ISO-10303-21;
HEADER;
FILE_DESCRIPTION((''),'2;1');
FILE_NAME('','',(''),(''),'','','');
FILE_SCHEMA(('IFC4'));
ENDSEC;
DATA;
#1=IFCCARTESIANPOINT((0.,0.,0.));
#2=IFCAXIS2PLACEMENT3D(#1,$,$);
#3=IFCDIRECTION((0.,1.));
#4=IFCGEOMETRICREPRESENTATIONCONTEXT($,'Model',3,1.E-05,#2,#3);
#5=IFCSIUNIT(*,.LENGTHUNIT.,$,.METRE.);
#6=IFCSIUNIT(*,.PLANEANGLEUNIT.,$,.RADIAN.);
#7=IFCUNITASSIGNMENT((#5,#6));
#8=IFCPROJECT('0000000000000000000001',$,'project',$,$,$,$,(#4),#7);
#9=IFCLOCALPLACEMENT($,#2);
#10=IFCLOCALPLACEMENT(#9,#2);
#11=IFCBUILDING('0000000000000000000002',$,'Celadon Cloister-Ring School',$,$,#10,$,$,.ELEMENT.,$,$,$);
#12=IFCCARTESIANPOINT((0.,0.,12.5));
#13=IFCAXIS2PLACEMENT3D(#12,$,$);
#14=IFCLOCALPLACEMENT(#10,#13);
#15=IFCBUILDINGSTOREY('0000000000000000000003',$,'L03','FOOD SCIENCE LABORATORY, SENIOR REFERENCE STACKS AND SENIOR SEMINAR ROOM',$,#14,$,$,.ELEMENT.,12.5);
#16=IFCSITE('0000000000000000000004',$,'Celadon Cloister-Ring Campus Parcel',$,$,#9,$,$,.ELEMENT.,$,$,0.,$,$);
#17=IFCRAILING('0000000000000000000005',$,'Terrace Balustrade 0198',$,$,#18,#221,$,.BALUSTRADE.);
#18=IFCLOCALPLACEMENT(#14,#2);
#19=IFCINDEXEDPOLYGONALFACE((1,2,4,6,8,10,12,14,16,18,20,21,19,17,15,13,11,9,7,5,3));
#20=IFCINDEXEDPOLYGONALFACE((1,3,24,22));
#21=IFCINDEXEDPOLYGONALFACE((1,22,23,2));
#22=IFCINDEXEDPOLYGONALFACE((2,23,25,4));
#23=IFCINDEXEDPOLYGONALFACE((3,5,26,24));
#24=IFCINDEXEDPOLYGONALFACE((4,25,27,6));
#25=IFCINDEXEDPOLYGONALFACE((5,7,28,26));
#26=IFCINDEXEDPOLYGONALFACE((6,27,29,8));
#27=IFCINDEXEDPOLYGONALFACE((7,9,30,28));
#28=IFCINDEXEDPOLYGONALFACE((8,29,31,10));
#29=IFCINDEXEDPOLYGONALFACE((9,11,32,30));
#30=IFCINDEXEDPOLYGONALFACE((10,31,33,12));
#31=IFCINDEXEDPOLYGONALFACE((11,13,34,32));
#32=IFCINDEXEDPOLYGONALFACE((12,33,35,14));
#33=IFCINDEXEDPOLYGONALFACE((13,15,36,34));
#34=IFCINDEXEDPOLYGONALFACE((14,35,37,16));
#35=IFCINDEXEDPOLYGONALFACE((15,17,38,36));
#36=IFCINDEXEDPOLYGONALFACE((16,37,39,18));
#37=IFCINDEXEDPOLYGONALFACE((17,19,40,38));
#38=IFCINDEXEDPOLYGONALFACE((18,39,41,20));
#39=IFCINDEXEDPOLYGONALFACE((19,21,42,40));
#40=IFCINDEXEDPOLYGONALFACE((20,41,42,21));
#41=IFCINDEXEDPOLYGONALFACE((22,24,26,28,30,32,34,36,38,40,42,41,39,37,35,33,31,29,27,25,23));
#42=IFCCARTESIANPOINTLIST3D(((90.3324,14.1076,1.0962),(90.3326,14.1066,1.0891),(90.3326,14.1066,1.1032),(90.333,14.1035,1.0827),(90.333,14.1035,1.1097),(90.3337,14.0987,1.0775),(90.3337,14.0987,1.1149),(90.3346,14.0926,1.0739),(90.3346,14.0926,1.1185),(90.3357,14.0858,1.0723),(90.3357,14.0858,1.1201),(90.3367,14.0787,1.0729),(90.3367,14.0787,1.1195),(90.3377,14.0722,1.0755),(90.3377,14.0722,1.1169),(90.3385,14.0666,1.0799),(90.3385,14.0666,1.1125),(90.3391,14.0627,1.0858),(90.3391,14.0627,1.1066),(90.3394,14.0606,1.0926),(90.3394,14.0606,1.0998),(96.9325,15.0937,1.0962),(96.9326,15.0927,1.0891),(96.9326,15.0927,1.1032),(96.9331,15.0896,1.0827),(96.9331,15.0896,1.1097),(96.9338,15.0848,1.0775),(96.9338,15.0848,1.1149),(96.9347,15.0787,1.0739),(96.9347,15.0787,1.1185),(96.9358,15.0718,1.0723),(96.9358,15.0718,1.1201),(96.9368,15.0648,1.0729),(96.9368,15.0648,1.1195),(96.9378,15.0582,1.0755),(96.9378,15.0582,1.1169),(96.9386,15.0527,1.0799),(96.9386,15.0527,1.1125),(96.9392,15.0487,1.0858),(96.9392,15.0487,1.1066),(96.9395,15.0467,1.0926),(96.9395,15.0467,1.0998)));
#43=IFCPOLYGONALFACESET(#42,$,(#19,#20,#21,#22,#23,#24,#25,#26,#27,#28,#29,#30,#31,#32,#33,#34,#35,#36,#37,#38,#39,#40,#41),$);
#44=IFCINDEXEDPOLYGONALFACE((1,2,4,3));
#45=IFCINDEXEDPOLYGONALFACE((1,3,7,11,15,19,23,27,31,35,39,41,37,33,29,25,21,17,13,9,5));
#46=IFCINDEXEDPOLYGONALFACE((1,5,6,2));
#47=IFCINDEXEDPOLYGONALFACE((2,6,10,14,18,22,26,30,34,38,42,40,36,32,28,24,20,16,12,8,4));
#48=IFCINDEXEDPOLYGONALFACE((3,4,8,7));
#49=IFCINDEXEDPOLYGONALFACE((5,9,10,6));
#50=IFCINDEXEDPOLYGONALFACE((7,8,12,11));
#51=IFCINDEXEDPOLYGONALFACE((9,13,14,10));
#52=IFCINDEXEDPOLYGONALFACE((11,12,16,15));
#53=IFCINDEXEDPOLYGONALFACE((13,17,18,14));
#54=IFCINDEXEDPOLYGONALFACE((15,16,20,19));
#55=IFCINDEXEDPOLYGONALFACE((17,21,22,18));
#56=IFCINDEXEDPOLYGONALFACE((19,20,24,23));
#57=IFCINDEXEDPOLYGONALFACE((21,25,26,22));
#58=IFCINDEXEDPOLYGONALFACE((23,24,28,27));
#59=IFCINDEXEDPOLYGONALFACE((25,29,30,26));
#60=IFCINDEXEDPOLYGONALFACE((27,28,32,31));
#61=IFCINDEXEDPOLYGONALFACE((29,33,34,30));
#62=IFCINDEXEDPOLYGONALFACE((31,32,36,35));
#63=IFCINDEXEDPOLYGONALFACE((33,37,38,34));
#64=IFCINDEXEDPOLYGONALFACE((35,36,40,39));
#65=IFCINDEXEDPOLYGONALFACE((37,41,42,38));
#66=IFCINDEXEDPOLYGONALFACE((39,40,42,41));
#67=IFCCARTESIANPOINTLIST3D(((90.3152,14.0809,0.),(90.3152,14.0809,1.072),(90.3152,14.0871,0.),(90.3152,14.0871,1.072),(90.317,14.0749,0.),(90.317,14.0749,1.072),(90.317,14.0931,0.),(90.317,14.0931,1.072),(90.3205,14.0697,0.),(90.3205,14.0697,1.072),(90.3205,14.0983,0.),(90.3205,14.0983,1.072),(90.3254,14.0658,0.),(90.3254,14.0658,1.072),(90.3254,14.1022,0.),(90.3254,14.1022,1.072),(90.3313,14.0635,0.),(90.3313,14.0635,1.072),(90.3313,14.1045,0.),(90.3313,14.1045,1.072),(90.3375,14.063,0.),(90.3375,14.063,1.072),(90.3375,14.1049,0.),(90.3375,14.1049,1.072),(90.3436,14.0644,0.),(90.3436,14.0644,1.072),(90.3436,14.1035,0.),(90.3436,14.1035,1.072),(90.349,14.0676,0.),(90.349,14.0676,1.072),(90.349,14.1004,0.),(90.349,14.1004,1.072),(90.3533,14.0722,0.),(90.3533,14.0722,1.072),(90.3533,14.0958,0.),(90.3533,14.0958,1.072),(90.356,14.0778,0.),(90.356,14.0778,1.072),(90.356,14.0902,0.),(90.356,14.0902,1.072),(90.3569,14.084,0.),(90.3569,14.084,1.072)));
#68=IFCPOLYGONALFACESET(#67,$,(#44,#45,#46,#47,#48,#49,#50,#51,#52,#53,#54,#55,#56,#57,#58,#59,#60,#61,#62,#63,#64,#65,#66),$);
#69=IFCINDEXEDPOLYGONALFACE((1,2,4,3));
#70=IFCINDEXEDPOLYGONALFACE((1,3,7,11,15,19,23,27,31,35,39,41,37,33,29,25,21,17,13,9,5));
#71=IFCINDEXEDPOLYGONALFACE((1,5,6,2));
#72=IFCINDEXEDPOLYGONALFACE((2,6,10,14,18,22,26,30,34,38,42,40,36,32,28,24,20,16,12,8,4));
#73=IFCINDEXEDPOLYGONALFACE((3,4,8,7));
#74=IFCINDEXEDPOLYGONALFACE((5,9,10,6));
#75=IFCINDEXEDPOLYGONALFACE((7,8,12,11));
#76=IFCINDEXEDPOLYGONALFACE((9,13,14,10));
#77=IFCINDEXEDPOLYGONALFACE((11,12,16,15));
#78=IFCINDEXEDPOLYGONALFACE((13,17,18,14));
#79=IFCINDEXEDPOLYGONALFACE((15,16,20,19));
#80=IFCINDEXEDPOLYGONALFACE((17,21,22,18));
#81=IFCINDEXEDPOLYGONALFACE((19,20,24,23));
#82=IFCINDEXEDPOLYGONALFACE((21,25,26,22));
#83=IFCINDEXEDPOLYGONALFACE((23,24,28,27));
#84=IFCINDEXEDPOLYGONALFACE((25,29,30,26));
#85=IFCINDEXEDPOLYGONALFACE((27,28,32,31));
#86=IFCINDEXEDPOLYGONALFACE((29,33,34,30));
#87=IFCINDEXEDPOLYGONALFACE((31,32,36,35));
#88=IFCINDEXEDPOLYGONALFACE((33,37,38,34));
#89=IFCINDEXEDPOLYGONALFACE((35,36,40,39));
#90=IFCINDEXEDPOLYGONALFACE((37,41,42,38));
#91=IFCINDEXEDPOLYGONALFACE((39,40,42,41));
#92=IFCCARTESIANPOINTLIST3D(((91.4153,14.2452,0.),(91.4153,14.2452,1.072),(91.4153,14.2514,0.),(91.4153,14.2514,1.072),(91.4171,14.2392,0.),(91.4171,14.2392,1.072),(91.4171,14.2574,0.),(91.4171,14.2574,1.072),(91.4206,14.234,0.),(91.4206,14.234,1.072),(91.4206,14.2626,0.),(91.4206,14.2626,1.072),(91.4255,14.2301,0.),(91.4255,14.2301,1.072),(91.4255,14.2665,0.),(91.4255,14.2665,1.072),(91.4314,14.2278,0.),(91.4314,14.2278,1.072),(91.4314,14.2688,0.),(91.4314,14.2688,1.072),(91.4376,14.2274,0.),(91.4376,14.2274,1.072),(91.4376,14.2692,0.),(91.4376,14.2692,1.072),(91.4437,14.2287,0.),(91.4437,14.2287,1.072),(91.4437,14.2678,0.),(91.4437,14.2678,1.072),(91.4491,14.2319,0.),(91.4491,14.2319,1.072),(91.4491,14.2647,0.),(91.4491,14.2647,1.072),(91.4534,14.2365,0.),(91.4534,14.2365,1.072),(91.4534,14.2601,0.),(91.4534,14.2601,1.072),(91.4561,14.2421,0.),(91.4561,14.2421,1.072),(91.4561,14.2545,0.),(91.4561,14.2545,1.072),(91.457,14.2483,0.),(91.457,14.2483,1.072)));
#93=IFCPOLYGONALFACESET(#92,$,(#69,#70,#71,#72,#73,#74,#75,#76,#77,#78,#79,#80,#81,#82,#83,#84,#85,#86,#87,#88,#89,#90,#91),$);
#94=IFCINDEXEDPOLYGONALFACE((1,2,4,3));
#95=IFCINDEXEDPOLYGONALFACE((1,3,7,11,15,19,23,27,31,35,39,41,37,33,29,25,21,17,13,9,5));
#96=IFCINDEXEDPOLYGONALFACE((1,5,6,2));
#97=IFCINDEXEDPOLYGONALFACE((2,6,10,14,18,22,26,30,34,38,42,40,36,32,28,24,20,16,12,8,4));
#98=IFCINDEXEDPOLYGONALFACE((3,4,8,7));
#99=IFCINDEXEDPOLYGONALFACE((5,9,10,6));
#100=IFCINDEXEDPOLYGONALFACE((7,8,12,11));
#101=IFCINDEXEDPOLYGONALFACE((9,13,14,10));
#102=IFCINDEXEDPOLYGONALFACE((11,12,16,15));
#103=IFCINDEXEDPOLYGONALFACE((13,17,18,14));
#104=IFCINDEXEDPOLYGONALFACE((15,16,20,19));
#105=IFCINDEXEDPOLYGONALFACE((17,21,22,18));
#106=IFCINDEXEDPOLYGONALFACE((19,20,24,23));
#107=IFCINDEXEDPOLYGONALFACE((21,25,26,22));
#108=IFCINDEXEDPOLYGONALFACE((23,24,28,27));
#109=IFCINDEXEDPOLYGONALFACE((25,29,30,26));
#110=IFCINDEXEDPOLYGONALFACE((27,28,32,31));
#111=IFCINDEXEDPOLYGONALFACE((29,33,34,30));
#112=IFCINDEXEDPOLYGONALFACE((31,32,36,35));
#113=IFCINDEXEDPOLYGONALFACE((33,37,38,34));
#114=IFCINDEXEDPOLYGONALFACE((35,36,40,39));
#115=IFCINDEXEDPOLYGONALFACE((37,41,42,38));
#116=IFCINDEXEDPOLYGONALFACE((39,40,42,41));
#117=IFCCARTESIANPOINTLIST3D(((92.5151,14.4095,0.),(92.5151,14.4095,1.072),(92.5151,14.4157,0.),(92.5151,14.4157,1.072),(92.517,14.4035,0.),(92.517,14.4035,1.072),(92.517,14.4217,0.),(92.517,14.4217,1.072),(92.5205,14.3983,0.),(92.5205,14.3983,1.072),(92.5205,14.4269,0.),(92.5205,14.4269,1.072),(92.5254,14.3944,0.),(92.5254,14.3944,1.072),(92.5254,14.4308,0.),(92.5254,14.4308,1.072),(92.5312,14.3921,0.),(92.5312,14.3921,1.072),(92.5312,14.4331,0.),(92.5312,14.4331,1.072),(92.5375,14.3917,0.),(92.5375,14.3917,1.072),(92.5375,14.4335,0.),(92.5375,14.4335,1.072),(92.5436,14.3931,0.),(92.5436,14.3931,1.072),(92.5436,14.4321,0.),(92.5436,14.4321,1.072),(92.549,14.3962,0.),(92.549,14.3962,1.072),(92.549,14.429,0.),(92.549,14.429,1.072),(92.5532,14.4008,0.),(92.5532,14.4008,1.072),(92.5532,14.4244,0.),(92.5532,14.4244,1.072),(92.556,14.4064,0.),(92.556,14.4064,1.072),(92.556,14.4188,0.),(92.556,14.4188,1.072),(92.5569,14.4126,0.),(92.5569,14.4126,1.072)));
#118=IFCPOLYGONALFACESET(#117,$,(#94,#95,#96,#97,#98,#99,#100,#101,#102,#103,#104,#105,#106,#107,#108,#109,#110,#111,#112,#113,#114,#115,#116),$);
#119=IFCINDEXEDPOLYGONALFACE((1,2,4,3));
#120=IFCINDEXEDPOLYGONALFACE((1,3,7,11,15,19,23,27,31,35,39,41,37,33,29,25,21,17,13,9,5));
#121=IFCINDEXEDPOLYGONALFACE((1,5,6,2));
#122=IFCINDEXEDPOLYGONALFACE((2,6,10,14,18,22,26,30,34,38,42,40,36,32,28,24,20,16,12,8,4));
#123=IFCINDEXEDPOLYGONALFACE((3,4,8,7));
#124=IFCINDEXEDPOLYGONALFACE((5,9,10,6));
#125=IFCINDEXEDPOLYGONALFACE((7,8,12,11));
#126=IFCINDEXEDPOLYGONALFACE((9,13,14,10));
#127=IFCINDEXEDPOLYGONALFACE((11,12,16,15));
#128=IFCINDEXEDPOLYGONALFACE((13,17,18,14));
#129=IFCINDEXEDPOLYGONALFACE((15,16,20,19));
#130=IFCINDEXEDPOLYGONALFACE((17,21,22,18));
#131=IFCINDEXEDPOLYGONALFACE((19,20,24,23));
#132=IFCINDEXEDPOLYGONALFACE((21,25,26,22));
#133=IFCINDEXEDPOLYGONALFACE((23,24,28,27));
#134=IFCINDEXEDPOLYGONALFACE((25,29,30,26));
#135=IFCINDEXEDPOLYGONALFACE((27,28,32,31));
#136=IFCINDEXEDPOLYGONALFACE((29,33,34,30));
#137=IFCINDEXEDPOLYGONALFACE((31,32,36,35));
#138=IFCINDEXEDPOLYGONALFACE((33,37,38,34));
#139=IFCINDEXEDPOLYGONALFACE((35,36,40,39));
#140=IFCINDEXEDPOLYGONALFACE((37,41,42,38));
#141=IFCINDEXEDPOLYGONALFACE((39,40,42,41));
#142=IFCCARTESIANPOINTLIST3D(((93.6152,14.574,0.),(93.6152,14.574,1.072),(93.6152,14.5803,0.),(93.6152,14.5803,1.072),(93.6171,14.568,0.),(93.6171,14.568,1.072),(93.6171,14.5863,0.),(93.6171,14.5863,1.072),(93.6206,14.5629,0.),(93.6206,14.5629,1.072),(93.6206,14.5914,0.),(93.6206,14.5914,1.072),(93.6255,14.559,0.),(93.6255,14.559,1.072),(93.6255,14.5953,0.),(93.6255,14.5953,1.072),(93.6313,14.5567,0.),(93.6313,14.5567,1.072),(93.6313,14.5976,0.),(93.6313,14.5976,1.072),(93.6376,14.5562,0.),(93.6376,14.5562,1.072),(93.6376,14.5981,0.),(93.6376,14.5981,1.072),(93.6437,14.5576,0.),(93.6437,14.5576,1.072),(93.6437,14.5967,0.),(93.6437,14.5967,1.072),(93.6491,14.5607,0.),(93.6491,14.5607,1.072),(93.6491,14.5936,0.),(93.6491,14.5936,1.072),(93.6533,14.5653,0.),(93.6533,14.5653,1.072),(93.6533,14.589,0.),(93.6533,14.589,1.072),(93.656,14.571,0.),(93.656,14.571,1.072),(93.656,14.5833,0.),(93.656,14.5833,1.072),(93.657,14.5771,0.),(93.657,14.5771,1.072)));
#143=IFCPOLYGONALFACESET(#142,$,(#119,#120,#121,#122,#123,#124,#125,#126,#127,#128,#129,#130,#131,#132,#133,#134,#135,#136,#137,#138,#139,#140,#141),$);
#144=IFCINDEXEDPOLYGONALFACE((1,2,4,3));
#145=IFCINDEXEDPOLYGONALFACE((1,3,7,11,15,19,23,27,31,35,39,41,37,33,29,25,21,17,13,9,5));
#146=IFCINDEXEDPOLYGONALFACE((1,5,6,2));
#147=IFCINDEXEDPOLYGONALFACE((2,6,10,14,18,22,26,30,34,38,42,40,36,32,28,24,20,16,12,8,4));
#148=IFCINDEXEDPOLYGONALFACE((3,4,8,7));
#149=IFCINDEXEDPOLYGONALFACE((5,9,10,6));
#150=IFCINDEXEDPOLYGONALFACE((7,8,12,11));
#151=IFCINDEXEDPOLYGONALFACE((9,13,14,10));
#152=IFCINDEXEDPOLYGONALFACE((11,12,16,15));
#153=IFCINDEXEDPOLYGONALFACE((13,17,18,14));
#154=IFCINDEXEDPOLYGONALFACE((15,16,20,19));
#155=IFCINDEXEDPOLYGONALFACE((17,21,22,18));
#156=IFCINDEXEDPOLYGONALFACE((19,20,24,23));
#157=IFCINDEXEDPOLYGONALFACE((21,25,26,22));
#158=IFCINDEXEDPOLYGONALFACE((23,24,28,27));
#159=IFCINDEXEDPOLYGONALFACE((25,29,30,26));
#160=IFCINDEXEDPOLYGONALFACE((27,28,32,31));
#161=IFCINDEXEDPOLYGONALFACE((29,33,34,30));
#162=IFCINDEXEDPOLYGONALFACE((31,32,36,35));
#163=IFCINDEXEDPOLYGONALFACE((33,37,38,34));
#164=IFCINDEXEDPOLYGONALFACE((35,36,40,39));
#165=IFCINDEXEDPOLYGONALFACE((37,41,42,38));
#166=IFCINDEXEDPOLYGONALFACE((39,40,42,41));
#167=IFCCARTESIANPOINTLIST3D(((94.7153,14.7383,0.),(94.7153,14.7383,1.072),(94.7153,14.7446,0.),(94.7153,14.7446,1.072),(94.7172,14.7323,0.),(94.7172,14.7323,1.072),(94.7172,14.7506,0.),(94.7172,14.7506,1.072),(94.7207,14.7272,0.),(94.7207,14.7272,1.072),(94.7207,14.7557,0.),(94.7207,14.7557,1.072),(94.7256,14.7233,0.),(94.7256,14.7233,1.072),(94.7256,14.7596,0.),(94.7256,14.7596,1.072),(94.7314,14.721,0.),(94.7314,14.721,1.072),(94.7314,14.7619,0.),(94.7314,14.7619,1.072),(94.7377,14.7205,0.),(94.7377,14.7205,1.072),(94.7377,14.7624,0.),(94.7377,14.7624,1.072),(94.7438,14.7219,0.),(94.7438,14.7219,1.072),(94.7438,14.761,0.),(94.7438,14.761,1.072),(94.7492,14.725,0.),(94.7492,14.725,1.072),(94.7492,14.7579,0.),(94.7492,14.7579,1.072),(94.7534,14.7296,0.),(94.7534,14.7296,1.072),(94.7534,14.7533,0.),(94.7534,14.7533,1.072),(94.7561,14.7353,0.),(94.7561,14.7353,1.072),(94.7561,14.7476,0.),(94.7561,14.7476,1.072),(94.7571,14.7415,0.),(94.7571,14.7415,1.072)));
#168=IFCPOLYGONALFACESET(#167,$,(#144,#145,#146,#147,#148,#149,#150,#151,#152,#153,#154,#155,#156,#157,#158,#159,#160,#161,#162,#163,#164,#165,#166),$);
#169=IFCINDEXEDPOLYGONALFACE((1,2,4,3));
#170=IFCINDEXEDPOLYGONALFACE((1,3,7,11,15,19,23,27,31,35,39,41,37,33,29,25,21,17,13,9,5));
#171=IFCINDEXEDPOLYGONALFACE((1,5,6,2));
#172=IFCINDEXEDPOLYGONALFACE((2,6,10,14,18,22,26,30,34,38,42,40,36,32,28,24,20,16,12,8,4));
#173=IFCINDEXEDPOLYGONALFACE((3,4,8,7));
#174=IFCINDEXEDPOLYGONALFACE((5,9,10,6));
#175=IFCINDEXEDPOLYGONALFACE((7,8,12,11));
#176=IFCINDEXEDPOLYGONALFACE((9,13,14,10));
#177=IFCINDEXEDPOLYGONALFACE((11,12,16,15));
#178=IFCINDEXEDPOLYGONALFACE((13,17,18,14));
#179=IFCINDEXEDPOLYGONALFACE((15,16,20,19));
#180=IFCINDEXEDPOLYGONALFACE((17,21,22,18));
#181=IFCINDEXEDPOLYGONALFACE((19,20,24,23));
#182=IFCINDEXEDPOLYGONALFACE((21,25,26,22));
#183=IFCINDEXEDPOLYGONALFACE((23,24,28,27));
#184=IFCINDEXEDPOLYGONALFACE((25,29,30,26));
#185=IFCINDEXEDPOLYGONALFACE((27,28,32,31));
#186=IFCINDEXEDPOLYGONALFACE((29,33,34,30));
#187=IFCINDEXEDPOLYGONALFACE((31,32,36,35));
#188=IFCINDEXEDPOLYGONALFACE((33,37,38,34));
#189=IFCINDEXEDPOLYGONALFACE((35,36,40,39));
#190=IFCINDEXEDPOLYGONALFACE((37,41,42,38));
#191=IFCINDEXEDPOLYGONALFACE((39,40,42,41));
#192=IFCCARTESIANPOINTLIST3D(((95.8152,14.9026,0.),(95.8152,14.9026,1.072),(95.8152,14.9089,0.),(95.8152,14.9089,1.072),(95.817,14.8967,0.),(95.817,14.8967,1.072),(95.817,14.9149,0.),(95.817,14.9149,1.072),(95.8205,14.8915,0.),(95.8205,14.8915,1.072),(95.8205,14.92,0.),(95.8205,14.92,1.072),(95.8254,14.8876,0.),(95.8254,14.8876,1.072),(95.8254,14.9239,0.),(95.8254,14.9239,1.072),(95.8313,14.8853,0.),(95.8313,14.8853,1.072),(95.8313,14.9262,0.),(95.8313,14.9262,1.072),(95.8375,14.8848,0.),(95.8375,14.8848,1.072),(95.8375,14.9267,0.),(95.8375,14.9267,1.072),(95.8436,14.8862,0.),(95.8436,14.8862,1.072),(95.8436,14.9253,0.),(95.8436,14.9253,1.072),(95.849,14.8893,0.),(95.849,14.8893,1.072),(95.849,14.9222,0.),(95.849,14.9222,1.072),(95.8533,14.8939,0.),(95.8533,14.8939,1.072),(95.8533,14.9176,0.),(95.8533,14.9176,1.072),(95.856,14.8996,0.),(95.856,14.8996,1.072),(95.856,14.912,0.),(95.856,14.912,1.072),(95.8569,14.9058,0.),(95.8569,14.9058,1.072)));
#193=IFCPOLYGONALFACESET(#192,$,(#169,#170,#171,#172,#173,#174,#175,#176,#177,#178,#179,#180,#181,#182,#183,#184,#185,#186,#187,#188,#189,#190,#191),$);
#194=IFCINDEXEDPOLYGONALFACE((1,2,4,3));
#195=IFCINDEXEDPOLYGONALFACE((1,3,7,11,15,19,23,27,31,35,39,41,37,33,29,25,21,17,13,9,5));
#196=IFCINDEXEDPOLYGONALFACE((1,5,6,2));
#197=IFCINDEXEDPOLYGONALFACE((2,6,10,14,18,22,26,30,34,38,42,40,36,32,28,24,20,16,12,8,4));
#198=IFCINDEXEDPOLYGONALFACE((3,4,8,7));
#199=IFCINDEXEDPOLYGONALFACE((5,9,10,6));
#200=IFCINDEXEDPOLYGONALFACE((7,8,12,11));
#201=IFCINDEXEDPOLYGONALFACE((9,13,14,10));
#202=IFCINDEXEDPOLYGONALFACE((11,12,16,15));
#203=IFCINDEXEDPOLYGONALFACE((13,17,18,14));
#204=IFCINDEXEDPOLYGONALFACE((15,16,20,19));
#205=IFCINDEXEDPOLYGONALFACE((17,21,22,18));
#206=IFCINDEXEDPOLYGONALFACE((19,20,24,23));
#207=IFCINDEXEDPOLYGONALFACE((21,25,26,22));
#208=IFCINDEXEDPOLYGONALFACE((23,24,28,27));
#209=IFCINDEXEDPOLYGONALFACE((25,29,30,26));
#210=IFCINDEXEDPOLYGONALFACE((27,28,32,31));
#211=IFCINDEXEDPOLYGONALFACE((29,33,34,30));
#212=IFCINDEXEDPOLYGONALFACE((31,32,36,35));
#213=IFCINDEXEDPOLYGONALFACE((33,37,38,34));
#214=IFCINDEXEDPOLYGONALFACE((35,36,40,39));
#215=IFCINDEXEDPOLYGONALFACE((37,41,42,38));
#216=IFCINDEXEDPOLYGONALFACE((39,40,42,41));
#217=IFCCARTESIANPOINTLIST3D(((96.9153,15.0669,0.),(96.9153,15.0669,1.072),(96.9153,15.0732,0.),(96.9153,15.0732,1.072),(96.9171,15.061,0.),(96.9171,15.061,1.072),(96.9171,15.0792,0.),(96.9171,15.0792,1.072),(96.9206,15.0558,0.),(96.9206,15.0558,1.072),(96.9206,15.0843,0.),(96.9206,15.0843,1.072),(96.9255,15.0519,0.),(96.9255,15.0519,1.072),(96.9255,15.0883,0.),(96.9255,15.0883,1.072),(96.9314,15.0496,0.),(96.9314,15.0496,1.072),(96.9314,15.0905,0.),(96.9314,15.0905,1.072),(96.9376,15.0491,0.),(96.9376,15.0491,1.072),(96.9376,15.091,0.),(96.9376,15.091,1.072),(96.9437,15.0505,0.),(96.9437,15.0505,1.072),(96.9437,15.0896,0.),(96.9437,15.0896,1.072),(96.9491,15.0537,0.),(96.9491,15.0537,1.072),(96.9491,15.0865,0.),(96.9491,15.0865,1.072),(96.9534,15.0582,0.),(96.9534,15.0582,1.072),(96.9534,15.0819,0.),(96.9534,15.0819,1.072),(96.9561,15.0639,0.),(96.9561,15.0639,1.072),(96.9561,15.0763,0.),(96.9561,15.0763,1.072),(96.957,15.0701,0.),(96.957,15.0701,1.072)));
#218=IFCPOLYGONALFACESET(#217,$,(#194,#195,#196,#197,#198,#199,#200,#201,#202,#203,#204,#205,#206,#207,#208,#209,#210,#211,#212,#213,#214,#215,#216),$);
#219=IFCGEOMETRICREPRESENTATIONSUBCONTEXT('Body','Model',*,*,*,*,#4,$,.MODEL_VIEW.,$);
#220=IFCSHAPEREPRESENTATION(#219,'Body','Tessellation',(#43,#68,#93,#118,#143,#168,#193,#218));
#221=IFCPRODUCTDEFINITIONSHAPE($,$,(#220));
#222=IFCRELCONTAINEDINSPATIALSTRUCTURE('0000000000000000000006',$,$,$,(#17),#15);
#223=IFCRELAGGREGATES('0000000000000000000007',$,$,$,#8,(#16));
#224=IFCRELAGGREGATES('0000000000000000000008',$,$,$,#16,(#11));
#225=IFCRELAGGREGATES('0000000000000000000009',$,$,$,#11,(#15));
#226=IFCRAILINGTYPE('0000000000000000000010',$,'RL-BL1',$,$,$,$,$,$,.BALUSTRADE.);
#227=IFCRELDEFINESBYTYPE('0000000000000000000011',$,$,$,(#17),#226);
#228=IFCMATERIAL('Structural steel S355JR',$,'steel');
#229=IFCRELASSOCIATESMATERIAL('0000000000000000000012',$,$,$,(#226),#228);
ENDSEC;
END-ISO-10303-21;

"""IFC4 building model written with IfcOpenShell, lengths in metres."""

from ifc_helpers import new_model, si_unit, direction, frame, origin, origin_2d, place, context, subcontext, project, spatial, circle, extrude, material, type_object, element, save


model = new_model("IFC4")

# Units and contexts
model_context = context("Model", 3, precision=1e-05, world=origin(), true_north=direction((0.0, 1.0)))
body_context = subcontext(model_context, "Body", "Model", "MODEL_VIEW")
ifc_project = project(units=[si_unit("LENGTHUNIT", "METRE"), si_unit("PLANEANGLEUNIT", "RADIAN")], contexts=[model_context])

# Site, building, storey
site_placement = place(None, origin())
site = spatial("IfcSite", under=ifc_project, at=site_placement, Name="Celadon Cloister-Ring Campus Parcel", CompositionType="ELEMENT", RefElevation=0.0)
building_placement = place(site_placement, origin())
building = spatial("IfcBuilding", under=site, at=building_placement, Name="Celadon Cloister-Ring School", CompositionType="ELEMENT")
storey_placement = place(building_placement, frame((0.0, 0.0, 12.5)))
storey = spatial("IfcBuildingStorey", under=building, at=storey_placement, Name="L03", Description="FOOD SCIENCE LABORATORY, SENIOR REFERENCE STACKS AND SENIOR SEMINAR ROOM", CompositionType="ELEMENT", Elevation=12.5)

# Railing
ifc_material_1 = material(Name="Structural steel S355JR", Category="steel")
railing_type = type_object("IfcRailingType", Name="RL-BL1", PredefinedType="BALUSTRADE", material=ifc_material_1)
railing_1_placement = place(storey_placement, frame((90.3359, 14.084, 0.0)))
element("IfcRailing", 1, at=railing_1_placement, inside=storey, type_object=railing_type, Name="Terrace Balustrade 0198", PredefinedType="BALUSTRADE", context=body_context, shape_type="SweptSolid", body=[
    extrude(circle(Radius=0.0239, at=origin_2d()), frame((0.0, 0.0, 1.0962), z_axis=(0.989023, 0.147764, 0.0), x_axis=(-0.147764, 0.989023, 0.0)), (0.0, 0.0, 1.0), 6.6733),
    extrude(circle(Radius=0.021, at=origin_2d()), origin(), (0.0, 0.0, 1.0), 1.072),
    extrude(circle(Radius=0.021, at=origin_2d()), frame((1.1001, 0.1643, 0.0)), (0.0, 0.0, 1.0), 1.072),
    extrude(circle(Radius=0.021, at=origin_2d()), frame((2.2, 0.3286, 0.0)), (0.0, 0.0, 1.0), 1.072),
    extrude(circle(Radius=0.021, at=origin_2d()), frame((3.3, 0.4932, 0.0)), (0.0, 0.0, 1.0), 1.072),
    extrude(circle(Radius=0.021, at=origin_2d()), frame((4.4001, 0.6575, 0.0)), (0.0, 0.0, 1.0), 1.072),
    extrude(circle(Radius=0.021, at=origin_2d()), frame((5.5, 0.8218, 0.0)), (0.0, 0.0, 1.0), 1.072),
    extrude(circle(Radius=0.021, at=origin_2d()), frame((6.6001, 0.9861, 0.0)), (0.0, 0.0, 1.0), 1.072),
])

save(model, "model.ifc")
